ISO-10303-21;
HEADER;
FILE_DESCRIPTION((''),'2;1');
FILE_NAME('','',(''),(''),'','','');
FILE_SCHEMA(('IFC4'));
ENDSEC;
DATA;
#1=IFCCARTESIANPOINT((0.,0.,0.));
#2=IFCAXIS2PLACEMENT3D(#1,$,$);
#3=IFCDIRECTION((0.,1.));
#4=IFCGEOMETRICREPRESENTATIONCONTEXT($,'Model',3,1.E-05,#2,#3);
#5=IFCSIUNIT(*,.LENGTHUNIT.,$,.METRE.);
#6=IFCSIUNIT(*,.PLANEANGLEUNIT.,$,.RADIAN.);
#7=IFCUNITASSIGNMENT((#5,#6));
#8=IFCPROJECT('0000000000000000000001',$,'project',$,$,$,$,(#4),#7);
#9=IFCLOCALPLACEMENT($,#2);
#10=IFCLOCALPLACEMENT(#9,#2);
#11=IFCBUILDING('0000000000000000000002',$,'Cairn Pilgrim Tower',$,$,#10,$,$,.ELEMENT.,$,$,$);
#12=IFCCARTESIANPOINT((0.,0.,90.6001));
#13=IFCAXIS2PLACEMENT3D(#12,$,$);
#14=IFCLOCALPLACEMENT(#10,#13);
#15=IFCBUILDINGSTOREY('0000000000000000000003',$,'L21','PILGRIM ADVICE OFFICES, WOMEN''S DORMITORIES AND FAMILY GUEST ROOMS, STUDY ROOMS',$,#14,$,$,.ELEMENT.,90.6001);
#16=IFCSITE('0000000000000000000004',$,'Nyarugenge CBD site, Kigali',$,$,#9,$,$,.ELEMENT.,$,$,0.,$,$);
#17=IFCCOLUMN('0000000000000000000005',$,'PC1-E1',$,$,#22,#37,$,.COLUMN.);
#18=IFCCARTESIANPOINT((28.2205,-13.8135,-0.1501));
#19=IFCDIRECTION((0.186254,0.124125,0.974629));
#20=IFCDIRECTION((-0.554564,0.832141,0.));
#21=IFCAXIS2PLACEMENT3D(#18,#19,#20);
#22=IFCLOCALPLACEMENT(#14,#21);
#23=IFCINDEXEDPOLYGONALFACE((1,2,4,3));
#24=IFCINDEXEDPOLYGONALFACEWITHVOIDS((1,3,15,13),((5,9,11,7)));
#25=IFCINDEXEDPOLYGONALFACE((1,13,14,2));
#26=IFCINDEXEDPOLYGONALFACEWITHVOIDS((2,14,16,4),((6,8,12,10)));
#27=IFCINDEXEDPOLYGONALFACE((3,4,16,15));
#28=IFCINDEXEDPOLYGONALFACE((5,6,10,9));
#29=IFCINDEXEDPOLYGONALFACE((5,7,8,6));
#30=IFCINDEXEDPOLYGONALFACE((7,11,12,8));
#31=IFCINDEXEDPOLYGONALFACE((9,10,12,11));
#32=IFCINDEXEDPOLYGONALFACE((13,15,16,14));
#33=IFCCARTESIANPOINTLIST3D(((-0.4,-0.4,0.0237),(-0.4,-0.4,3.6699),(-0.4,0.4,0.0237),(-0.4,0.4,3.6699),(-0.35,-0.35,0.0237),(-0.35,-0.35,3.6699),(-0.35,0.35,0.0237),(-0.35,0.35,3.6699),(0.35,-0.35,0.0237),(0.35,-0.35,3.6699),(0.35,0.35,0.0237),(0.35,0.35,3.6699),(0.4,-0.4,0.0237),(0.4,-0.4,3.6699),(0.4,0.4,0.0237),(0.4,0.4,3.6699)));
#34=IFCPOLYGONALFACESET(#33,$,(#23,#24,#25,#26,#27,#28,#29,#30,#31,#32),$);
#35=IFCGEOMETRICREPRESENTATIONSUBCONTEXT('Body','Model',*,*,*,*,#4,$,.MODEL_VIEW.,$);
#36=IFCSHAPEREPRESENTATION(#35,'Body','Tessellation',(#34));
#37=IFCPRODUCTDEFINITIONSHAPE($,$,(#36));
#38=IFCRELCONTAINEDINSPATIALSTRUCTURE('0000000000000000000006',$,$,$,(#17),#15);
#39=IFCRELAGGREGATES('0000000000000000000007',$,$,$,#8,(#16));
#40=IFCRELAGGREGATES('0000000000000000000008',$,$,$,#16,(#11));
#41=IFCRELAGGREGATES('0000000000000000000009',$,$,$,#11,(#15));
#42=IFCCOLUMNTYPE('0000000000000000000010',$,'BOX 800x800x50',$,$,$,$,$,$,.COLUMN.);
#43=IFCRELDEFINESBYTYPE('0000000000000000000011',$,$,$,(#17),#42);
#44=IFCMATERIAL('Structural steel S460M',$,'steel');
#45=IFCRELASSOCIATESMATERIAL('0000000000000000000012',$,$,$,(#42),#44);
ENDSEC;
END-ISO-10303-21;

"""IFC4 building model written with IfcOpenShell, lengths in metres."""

from ifc_helpers import new_model, si_unit, direction, frame, origin, origin_2d, place, context, subcontext, project, spatial, hollow_rectangle, extrude, clip, halfspace, material, material_profile, profile_set, type_object, element, save


model = new_model("IFC4")

# Units and contexts
model_context = context("Model", 3, precision=1e-05, world=origin(), true_north=direction((0.0, 1.0)))
body_context = subcontext(model_context, "Body", "Model", "MODEL_VIEW")
ifc_project = project(units=[si_unit("LENGTHUNIT", "METRE"), si_unit("PLANEANGLEUNIT", "RADIAN")], contexts=[model_context])

# Site, building, storey
site_placement = place(None, origin())
site = spatial("IfcSite", under=ifc_project, at=site_placement, Name="Nyarugenge CBD site, Kigali", CompositionType="ELEMENT", RefElevation=0.0)
building_placement = place(site_placement, origin())
building = spatial("IfcBuilding", under=site, at=building_placement, Name="Cairn Pilgrim Tower", CompositionType="ELEMENT")
storey_placement = place(building_placement, frame((0.0, 0.0, 90.6001)))
storey = spatial("IfcBuildingStorey", under=building, at=storey_placement, Name="L21", Description="PILGRIM ADVICE OFFICES, WOMEN'S DORMITORIES AND FAMILY GUEST ROOMS, STUDY ROOMS", CompositionType="ELEMENT", Elevation=90.6001)

# Column
ifc_material_1 = material(Name="Structural steel S460M", Category="steel")
ifc_material_profile_1 = material_profile(ifc_material_1, hollow_rectangle(XDim=0.8, YDim=0.8, WallThickness=0.05, at=origin_2d()), Name="BOX 800x800x50")
ifc_profile_set_1 = profile_set([ifc_material_profile_1], Name="Structural steel S460M")
column_type_1 = type_object("IfcColumnType", Name="BOX 800x800x50", PredefinedType="COLUMN", material=ifc_profile_set_1)
column_1_placement = place(storey_placement, frame((28.2205, -13.8135, -0.1501), z_axis=(0.186254, 0.124125, 0.974629), x_axis=(-0.554564, 0.832141, 0.0)))
element("IfcColumn", 1, at=column_1_placement, inside=storey, type_object=column_type_1, Name="PC1-E1", PredefinedType="COLUMN", context=body_context, shape_type="Clipping", body=[
    clip(clip(extrude(hollow_rectangle(XDim=0.8, YDim=0.8, WallThickness=0.05, at=origin_2d()), origin(), (0.0, 0.0, 1.0), 3.6938), halfspace(frame((0.0, 0.0, 0.0237), z_axis=(0.0, 0.0, 1.0), x_axis=(1.0, 0.0, 0.0)), True)), halfspace(frame((0.0, 0.0, 3.6699), z_axis=(0.0, 0.0, 1.0), x_axis=(1.0, 0.0, 0.0)), False)),
])

save(model, "model.ifc")
